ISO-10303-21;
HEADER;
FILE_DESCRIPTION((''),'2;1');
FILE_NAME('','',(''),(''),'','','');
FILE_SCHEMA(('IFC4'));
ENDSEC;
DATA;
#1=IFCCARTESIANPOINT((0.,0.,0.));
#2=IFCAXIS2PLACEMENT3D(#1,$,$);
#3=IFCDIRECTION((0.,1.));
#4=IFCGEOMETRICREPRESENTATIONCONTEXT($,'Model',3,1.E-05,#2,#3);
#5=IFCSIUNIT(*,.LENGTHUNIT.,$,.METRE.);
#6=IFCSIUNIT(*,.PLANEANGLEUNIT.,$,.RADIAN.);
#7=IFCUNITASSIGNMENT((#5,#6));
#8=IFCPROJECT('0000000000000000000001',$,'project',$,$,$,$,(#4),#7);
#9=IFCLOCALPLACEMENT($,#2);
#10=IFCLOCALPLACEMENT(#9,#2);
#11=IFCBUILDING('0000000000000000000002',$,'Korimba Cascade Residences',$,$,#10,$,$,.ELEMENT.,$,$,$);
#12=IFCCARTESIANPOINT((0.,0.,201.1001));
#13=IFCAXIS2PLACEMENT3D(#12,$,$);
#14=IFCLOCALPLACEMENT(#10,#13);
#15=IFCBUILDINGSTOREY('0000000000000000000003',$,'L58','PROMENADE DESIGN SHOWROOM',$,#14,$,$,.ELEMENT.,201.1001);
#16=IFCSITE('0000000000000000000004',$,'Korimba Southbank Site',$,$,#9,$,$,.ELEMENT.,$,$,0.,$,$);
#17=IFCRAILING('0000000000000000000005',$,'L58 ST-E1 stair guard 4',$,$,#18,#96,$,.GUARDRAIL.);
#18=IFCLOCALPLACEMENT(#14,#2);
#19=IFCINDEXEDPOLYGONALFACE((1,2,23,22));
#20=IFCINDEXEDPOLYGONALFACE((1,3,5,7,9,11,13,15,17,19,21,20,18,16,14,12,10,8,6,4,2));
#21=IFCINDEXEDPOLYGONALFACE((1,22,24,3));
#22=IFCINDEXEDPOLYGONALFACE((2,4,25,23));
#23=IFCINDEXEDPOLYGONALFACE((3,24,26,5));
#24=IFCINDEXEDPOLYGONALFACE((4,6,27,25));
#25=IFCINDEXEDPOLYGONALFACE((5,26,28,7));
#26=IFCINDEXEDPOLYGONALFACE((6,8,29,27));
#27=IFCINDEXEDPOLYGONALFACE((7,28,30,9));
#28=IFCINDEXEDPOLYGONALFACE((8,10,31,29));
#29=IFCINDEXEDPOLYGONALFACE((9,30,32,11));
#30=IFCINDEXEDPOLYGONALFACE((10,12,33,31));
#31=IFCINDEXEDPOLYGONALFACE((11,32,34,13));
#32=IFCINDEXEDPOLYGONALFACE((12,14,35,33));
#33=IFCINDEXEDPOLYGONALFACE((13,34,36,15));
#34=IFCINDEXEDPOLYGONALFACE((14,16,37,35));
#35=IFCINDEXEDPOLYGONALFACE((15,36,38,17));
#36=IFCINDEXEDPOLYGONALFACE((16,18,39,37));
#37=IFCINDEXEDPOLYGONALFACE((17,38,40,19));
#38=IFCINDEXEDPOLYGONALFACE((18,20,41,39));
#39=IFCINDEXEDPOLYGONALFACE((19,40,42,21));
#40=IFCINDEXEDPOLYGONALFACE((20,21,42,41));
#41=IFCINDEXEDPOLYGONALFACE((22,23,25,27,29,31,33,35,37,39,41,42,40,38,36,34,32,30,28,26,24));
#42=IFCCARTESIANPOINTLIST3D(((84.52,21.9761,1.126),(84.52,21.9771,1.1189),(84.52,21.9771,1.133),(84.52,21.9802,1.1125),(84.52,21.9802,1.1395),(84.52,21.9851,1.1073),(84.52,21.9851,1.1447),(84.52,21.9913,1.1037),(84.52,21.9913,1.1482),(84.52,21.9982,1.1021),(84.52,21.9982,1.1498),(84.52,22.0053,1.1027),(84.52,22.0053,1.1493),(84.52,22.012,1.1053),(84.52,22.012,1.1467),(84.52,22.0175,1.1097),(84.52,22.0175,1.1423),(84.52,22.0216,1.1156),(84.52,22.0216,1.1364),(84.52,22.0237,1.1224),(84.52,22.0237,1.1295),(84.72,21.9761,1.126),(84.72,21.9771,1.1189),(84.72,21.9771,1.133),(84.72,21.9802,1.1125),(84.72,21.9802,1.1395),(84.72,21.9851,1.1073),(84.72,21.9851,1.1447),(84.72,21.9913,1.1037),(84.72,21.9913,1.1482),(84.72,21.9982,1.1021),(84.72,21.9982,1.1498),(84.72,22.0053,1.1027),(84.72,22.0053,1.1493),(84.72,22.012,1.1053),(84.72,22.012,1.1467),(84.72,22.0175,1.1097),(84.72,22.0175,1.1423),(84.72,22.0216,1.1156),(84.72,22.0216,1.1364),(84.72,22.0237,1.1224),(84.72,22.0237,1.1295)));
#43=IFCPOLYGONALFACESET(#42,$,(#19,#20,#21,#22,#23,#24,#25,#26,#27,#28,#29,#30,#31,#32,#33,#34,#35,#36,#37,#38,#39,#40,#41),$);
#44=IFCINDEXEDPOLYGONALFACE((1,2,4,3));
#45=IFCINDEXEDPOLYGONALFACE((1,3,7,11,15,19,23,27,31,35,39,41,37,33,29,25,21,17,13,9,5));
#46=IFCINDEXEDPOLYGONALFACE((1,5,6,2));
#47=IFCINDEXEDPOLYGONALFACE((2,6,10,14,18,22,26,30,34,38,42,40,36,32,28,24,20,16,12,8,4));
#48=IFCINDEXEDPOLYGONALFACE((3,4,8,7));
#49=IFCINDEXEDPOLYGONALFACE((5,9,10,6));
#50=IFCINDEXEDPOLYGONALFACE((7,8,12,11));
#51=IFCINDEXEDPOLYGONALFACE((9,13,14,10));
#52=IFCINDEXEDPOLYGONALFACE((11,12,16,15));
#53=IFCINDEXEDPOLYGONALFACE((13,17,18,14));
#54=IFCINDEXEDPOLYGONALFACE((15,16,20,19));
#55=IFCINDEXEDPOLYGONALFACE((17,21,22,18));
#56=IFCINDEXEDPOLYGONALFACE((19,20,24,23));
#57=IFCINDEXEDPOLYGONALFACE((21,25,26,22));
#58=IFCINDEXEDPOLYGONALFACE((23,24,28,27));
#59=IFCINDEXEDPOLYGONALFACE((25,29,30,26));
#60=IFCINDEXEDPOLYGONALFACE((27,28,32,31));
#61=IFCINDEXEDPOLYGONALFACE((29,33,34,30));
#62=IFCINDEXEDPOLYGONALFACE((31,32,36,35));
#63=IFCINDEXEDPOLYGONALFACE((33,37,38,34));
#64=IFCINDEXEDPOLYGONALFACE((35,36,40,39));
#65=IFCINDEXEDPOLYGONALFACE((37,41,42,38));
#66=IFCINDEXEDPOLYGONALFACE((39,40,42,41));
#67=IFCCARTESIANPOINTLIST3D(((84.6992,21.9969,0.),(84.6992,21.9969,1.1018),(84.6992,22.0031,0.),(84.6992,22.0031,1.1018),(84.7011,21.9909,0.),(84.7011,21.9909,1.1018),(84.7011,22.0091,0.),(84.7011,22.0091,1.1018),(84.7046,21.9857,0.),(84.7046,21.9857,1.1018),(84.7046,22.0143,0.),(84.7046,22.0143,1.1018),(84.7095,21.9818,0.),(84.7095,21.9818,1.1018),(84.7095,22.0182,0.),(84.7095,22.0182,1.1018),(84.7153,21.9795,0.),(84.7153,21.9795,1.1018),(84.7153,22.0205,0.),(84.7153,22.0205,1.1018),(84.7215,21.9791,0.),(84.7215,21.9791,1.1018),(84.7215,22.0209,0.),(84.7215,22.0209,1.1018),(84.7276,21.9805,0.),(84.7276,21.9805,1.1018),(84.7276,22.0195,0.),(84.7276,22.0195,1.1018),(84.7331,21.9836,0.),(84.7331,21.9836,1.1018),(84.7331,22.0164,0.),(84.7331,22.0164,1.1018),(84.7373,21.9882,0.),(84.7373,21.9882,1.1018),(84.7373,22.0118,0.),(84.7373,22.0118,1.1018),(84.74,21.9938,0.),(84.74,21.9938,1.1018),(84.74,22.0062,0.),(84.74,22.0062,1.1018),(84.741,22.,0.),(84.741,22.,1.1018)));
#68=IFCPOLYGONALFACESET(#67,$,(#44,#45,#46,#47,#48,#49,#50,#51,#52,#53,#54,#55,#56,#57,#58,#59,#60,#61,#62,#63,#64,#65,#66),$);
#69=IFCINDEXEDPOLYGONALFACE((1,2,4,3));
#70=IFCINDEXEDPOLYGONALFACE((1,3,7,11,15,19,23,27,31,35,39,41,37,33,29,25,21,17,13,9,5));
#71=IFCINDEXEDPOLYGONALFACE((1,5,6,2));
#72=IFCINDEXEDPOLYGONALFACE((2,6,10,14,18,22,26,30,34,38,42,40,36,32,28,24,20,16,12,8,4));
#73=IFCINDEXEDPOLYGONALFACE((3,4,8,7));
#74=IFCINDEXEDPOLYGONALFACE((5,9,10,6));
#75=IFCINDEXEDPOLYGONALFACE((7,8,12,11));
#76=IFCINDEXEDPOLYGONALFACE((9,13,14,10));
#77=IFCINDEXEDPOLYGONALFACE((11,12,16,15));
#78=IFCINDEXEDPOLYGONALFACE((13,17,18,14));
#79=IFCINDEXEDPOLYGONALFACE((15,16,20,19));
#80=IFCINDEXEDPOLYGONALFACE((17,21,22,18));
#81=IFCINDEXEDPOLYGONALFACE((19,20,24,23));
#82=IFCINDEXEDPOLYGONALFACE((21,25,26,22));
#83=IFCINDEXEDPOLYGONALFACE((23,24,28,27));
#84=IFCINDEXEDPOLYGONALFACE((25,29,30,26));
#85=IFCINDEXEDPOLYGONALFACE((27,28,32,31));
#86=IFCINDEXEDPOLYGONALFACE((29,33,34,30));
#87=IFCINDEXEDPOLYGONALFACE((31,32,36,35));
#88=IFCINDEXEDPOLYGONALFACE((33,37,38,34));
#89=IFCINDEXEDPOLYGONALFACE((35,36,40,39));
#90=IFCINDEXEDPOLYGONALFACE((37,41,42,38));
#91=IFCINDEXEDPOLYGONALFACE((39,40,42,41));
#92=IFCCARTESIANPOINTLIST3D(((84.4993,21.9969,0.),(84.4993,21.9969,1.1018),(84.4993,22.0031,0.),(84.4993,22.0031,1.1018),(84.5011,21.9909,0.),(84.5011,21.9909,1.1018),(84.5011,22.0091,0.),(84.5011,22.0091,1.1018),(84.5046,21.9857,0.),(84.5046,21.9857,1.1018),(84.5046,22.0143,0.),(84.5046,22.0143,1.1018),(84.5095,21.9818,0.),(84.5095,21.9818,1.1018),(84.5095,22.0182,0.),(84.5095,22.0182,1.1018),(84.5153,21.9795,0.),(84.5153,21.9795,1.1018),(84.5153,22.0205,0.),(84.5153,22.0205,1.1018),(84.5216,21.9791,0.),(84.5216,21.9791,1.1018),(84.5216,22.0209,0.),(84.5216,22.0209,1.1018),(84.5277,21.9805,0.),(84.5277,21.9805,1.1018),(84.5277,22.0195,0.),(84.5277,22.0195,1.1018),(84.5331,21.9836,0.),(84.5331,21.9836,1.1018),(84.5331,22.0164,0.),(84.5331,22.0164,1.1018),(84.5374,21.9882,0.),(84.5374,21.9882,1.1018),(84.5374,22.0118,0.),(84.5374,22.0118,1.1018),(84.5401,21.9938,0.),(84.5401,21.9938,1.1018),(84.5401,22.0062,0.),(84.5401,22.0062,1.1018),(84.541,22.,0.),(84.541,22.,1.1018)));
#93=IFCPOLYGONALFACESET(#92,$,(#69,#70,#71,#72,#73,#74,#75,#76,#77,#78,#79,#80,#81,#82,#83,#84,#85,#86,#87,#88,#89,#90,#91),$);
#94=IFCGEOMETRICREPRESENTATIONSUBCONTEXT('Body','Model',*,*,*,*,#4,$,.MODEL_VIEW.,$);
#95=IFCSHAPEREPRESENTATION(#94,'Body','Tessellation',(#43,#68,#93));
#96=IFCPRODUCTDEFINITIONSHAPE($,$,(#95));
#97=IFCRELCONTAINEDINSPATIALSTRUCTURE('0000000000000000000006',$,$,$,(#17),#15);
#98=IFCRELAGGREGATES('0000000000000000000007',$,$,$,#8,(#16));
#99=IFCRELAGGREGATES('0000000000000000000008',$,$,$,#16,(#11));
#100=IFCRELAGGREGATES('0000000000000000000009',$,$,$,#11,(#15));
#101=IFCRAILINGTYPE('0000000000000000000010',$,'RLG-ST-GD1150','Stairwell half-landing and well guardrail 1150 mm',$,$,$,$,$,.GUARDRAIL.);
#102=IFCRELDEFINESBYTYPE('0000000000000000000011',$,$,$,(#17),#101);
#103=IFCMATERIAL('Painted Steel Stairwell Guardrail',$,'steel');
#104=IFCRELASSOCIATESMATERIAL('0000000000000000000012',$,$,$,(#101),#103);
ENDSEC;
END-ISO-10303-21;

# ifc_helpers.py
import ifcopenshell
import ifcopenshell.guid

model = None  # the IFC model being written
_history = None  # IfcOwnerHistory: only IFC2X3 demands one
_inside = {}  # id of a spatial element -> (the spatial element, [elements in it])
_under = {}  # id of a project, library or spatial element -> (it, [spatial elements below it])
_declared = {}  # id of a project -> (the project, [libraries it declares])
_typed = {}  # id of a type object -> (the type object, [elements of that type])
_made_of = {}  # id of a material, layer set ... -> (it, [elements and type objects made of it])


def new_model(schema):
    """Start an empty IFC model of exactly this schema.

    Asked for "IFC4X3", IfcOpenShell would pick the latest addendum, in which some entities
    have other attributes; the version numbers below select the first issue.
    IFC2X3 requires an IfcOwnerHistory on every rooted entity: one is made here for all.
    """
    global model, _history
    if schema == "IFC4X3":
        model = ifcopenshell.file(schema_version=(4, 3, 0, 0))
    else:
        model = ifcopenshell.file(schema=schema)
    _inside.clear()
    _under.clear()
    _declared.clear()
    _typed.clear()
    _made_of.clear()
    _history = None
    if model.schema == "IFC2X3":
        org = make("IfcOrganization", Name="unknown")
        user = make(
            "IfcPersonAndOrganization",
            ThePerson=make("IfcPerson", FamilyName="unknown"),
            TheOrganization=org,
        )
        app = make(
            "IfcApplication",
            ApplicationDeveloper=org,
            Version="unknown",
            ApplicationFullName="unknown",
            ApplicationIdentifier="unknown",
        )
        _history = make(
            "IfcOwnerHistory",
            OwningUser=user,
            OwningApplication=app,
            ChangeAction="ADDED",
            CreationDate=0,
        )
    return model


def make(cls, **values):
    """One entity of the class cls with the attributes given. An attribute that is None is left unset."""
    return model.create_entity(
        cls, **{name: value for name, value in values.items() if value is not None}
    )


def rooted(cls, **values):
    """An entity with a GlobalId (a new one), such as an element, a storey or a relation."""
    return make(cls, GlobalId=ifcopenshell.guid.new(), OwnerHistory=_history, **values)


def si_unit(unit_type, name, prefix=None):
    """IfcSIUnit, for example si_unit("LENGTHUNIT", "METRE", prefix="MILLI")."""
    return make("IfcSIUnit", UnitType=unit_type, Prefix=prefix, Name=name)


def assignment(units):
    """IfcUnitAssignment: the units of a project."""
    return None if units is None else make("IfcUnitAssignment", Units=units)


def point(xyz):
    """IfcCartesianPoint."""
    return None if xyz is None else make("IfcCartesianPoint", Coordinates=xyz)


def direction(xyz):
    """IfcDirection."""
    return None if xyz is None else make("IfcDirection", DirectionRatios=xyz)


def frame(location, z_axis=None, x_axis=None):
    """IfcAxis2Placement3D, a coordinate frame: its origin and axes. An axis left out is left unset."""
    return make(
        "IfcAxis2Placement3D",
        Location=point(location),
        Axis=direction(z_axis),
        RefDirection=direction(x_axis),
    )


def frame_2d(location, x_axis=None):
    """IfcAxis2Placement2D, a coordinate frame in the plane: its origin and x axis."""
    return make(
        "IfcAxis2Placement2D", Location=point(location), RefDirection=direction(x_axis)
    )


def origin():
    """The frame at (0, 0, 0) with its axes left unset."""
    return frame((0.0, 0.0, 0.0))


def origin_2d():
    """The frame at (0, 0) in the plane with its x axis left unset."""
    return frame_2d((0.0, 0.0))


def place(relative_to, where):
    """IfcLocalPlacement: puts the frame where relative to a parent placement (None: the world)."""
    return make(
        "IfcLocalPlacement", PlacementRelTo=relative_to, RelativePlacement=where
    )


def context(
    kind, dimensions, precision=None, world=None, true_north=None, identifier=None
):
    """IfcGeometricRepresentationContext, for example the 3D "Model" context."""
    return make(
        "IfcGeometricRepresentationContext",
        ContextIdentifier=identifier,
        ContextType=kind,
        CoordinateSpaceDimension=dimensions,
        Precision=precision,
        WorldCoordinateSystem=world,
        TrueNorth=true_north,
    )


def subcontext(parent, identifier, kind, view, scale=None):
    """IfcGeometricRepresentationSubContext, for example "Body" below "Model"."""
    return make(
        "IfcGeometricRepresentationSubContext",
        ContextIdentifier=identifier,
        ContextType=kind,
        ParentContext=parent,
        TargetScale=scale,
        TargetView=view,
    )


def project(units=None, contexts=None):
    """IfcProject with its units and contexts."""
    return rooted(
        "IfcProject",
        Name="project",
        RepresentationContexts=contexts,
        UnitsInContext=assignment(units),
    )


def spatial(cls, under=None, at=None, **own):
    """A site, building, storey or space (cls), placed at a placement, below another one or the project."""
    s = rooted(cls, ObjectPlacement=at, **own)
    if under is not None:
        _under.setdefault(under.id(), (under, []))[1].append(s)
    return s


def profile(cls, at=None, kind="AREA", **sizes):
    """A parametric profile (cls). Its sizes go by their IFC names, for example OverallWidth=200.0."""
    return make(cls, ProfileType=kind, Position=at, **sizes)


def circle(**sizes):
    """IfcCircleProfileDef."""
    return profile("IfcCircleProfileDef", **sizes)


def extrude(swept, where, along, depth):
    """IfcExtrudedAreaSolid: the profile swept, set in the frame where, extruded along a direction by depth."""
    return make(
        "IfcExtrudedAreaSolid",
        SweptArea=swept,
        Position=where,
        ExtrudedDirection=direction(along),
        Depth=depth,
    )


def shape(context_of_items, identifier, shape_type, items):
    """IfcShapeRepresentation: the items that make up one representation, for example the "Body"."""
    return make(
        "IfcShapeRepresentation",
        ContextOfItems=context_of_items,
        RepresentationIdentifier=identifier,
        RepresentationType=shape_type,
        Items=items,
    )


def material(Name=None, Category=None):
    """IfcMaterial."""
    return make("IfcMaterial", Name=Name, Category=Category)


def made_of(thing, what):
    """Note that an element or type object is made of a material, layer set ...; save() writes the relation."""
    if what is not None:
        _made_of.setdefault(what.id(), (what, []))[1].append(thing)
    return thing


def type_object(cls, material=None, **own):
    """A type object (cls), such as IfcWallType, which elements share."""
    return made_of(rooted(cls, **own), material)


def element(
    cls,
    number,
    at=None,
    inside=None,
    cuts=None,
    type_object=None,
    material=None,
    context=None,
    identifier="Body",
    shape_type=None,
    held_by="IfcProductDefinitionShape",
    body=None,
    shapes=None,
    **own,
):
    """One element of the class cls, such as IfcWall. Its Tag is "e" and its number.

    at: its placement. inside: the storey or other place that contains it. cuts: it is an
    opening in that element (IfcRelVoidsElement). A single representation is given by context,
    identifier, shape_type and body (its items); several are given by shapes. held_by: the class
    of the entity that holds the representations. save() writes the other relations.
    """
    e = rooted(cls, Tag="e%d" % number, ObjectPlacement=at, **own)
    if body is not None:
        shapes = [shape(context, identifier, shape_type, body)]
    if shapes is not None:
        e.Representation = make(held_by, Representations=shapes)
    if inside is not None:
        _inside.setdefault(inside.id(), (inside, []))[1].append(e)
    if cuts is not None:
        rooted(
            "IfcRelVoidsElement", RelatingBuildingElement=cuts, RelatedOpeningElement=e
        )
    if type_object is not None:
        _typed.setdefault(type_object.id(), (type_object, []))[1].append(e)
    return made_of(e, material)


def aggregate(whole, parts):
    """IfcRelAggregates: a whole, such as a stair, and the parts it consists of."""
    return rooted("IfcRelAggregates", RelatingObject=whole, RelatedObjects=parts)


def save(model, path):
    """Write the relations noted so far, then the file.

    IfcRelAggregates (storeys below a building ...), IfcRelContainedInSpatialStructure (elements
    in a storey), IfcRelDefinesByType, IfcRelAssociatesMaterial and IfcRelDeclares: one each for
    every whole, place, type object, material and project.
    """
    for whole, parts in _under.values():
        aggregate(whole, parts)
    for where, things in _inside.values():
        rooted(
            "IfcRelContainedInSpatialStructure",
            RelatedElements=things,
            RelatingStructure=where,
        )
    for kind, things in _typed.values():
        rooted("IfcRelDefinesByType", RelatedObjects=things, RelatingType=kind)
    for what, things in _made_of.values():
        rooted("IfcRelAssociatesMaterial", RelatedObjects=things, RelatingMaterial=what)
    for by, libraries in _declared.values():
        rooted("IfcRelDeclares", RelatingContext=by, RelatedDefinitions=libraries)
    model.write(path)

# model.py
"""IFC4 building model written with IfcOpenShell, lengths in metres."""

from ifc_helpers import new_model, si_unit, direction, frame, origin, origin_2d, place, context, subcontext, project, spatial, circle, extrude, material, type_object, element, save


model = new_model("IFC4")

# Units and contexts
model_context = context("Model", 3, precision=1e-05, world=origin(), true_north=direction((0.0, 1.0)))
body_context = subcontext(model_context, "Body", "Model", "MODEL_VIEW")
ifc_project = project(units=[si_unit("LENGTHUNIT", "METRE"), si_unit("PLANEANGLEUNIT", "RADIAN")], contexts=[model_context])

# Site, building, storey
site_placement = place(None, origin())
site = spatial("IfcSite", under=ifc_project, at=site_placement, Name="Korimba Southbank Site", CompositionType="ELEMENT", RefElevation=0.0)
building_placement = place(site_placement, origin())
building = spatial("IfcBuilding", under=site, at=building_placement, Name="Korimba Cascade Residences", CompositionType="ELEMENT")
storey_placement = place(building_placement, frame((0.0, 0.0, 201.1001)))
storey = spatial("IfcBuildingStorey", under=building, at=storey_placement, Name="L58", Description="PROMENADE DESIGN SHOWROOM", CompositionType="ELEMENT", Elevation=201.1001)

# Railing
ifc_material_1 = material(Name="Painted Steel Stairwell Guardrail", Category="steel")
railing_type_1 = type_object("IfcRailingType", Name="RLG-ST-GD1150", Description="Stairwell half-landing and well guardrail 1150 mm", PredefinedType="GUARDRAIL", material=ifc_material_1)
railing_1_placement = place(storey_placement, frame((84.72, 22.0, 0.0)))
element("IfcRailing", 1, at=railing_1_placement, inside=storey, type_object=railing_type_1, Name="L58 ST-E1 stair guard 4", PredefinedType="GUARDRAIL", context=body_context, shape_type="SweptSolid", body=[
    extrude(circle(Radius=0.0239, at=origin_2d()), frame((0.0, 0.0, 1.126), z_axis=(-1.0, 0.0, 0.0), x_axis=(0.0, -1.0, 0.0)), (0.0, 0.0, 1.0), 0.2),
    extrude(circle(Radius=0.021, at=origin_2d()), origin(), (0.0, 0.0, 1.0), 1.1018),
    extrude(circle(Radius=0.021, at=origin_2d()), frame((-0.2, 0.0, 0.0)), (0.0, 0.0, 1.0), 1.1018),
])

save(model, "model.ifc")
